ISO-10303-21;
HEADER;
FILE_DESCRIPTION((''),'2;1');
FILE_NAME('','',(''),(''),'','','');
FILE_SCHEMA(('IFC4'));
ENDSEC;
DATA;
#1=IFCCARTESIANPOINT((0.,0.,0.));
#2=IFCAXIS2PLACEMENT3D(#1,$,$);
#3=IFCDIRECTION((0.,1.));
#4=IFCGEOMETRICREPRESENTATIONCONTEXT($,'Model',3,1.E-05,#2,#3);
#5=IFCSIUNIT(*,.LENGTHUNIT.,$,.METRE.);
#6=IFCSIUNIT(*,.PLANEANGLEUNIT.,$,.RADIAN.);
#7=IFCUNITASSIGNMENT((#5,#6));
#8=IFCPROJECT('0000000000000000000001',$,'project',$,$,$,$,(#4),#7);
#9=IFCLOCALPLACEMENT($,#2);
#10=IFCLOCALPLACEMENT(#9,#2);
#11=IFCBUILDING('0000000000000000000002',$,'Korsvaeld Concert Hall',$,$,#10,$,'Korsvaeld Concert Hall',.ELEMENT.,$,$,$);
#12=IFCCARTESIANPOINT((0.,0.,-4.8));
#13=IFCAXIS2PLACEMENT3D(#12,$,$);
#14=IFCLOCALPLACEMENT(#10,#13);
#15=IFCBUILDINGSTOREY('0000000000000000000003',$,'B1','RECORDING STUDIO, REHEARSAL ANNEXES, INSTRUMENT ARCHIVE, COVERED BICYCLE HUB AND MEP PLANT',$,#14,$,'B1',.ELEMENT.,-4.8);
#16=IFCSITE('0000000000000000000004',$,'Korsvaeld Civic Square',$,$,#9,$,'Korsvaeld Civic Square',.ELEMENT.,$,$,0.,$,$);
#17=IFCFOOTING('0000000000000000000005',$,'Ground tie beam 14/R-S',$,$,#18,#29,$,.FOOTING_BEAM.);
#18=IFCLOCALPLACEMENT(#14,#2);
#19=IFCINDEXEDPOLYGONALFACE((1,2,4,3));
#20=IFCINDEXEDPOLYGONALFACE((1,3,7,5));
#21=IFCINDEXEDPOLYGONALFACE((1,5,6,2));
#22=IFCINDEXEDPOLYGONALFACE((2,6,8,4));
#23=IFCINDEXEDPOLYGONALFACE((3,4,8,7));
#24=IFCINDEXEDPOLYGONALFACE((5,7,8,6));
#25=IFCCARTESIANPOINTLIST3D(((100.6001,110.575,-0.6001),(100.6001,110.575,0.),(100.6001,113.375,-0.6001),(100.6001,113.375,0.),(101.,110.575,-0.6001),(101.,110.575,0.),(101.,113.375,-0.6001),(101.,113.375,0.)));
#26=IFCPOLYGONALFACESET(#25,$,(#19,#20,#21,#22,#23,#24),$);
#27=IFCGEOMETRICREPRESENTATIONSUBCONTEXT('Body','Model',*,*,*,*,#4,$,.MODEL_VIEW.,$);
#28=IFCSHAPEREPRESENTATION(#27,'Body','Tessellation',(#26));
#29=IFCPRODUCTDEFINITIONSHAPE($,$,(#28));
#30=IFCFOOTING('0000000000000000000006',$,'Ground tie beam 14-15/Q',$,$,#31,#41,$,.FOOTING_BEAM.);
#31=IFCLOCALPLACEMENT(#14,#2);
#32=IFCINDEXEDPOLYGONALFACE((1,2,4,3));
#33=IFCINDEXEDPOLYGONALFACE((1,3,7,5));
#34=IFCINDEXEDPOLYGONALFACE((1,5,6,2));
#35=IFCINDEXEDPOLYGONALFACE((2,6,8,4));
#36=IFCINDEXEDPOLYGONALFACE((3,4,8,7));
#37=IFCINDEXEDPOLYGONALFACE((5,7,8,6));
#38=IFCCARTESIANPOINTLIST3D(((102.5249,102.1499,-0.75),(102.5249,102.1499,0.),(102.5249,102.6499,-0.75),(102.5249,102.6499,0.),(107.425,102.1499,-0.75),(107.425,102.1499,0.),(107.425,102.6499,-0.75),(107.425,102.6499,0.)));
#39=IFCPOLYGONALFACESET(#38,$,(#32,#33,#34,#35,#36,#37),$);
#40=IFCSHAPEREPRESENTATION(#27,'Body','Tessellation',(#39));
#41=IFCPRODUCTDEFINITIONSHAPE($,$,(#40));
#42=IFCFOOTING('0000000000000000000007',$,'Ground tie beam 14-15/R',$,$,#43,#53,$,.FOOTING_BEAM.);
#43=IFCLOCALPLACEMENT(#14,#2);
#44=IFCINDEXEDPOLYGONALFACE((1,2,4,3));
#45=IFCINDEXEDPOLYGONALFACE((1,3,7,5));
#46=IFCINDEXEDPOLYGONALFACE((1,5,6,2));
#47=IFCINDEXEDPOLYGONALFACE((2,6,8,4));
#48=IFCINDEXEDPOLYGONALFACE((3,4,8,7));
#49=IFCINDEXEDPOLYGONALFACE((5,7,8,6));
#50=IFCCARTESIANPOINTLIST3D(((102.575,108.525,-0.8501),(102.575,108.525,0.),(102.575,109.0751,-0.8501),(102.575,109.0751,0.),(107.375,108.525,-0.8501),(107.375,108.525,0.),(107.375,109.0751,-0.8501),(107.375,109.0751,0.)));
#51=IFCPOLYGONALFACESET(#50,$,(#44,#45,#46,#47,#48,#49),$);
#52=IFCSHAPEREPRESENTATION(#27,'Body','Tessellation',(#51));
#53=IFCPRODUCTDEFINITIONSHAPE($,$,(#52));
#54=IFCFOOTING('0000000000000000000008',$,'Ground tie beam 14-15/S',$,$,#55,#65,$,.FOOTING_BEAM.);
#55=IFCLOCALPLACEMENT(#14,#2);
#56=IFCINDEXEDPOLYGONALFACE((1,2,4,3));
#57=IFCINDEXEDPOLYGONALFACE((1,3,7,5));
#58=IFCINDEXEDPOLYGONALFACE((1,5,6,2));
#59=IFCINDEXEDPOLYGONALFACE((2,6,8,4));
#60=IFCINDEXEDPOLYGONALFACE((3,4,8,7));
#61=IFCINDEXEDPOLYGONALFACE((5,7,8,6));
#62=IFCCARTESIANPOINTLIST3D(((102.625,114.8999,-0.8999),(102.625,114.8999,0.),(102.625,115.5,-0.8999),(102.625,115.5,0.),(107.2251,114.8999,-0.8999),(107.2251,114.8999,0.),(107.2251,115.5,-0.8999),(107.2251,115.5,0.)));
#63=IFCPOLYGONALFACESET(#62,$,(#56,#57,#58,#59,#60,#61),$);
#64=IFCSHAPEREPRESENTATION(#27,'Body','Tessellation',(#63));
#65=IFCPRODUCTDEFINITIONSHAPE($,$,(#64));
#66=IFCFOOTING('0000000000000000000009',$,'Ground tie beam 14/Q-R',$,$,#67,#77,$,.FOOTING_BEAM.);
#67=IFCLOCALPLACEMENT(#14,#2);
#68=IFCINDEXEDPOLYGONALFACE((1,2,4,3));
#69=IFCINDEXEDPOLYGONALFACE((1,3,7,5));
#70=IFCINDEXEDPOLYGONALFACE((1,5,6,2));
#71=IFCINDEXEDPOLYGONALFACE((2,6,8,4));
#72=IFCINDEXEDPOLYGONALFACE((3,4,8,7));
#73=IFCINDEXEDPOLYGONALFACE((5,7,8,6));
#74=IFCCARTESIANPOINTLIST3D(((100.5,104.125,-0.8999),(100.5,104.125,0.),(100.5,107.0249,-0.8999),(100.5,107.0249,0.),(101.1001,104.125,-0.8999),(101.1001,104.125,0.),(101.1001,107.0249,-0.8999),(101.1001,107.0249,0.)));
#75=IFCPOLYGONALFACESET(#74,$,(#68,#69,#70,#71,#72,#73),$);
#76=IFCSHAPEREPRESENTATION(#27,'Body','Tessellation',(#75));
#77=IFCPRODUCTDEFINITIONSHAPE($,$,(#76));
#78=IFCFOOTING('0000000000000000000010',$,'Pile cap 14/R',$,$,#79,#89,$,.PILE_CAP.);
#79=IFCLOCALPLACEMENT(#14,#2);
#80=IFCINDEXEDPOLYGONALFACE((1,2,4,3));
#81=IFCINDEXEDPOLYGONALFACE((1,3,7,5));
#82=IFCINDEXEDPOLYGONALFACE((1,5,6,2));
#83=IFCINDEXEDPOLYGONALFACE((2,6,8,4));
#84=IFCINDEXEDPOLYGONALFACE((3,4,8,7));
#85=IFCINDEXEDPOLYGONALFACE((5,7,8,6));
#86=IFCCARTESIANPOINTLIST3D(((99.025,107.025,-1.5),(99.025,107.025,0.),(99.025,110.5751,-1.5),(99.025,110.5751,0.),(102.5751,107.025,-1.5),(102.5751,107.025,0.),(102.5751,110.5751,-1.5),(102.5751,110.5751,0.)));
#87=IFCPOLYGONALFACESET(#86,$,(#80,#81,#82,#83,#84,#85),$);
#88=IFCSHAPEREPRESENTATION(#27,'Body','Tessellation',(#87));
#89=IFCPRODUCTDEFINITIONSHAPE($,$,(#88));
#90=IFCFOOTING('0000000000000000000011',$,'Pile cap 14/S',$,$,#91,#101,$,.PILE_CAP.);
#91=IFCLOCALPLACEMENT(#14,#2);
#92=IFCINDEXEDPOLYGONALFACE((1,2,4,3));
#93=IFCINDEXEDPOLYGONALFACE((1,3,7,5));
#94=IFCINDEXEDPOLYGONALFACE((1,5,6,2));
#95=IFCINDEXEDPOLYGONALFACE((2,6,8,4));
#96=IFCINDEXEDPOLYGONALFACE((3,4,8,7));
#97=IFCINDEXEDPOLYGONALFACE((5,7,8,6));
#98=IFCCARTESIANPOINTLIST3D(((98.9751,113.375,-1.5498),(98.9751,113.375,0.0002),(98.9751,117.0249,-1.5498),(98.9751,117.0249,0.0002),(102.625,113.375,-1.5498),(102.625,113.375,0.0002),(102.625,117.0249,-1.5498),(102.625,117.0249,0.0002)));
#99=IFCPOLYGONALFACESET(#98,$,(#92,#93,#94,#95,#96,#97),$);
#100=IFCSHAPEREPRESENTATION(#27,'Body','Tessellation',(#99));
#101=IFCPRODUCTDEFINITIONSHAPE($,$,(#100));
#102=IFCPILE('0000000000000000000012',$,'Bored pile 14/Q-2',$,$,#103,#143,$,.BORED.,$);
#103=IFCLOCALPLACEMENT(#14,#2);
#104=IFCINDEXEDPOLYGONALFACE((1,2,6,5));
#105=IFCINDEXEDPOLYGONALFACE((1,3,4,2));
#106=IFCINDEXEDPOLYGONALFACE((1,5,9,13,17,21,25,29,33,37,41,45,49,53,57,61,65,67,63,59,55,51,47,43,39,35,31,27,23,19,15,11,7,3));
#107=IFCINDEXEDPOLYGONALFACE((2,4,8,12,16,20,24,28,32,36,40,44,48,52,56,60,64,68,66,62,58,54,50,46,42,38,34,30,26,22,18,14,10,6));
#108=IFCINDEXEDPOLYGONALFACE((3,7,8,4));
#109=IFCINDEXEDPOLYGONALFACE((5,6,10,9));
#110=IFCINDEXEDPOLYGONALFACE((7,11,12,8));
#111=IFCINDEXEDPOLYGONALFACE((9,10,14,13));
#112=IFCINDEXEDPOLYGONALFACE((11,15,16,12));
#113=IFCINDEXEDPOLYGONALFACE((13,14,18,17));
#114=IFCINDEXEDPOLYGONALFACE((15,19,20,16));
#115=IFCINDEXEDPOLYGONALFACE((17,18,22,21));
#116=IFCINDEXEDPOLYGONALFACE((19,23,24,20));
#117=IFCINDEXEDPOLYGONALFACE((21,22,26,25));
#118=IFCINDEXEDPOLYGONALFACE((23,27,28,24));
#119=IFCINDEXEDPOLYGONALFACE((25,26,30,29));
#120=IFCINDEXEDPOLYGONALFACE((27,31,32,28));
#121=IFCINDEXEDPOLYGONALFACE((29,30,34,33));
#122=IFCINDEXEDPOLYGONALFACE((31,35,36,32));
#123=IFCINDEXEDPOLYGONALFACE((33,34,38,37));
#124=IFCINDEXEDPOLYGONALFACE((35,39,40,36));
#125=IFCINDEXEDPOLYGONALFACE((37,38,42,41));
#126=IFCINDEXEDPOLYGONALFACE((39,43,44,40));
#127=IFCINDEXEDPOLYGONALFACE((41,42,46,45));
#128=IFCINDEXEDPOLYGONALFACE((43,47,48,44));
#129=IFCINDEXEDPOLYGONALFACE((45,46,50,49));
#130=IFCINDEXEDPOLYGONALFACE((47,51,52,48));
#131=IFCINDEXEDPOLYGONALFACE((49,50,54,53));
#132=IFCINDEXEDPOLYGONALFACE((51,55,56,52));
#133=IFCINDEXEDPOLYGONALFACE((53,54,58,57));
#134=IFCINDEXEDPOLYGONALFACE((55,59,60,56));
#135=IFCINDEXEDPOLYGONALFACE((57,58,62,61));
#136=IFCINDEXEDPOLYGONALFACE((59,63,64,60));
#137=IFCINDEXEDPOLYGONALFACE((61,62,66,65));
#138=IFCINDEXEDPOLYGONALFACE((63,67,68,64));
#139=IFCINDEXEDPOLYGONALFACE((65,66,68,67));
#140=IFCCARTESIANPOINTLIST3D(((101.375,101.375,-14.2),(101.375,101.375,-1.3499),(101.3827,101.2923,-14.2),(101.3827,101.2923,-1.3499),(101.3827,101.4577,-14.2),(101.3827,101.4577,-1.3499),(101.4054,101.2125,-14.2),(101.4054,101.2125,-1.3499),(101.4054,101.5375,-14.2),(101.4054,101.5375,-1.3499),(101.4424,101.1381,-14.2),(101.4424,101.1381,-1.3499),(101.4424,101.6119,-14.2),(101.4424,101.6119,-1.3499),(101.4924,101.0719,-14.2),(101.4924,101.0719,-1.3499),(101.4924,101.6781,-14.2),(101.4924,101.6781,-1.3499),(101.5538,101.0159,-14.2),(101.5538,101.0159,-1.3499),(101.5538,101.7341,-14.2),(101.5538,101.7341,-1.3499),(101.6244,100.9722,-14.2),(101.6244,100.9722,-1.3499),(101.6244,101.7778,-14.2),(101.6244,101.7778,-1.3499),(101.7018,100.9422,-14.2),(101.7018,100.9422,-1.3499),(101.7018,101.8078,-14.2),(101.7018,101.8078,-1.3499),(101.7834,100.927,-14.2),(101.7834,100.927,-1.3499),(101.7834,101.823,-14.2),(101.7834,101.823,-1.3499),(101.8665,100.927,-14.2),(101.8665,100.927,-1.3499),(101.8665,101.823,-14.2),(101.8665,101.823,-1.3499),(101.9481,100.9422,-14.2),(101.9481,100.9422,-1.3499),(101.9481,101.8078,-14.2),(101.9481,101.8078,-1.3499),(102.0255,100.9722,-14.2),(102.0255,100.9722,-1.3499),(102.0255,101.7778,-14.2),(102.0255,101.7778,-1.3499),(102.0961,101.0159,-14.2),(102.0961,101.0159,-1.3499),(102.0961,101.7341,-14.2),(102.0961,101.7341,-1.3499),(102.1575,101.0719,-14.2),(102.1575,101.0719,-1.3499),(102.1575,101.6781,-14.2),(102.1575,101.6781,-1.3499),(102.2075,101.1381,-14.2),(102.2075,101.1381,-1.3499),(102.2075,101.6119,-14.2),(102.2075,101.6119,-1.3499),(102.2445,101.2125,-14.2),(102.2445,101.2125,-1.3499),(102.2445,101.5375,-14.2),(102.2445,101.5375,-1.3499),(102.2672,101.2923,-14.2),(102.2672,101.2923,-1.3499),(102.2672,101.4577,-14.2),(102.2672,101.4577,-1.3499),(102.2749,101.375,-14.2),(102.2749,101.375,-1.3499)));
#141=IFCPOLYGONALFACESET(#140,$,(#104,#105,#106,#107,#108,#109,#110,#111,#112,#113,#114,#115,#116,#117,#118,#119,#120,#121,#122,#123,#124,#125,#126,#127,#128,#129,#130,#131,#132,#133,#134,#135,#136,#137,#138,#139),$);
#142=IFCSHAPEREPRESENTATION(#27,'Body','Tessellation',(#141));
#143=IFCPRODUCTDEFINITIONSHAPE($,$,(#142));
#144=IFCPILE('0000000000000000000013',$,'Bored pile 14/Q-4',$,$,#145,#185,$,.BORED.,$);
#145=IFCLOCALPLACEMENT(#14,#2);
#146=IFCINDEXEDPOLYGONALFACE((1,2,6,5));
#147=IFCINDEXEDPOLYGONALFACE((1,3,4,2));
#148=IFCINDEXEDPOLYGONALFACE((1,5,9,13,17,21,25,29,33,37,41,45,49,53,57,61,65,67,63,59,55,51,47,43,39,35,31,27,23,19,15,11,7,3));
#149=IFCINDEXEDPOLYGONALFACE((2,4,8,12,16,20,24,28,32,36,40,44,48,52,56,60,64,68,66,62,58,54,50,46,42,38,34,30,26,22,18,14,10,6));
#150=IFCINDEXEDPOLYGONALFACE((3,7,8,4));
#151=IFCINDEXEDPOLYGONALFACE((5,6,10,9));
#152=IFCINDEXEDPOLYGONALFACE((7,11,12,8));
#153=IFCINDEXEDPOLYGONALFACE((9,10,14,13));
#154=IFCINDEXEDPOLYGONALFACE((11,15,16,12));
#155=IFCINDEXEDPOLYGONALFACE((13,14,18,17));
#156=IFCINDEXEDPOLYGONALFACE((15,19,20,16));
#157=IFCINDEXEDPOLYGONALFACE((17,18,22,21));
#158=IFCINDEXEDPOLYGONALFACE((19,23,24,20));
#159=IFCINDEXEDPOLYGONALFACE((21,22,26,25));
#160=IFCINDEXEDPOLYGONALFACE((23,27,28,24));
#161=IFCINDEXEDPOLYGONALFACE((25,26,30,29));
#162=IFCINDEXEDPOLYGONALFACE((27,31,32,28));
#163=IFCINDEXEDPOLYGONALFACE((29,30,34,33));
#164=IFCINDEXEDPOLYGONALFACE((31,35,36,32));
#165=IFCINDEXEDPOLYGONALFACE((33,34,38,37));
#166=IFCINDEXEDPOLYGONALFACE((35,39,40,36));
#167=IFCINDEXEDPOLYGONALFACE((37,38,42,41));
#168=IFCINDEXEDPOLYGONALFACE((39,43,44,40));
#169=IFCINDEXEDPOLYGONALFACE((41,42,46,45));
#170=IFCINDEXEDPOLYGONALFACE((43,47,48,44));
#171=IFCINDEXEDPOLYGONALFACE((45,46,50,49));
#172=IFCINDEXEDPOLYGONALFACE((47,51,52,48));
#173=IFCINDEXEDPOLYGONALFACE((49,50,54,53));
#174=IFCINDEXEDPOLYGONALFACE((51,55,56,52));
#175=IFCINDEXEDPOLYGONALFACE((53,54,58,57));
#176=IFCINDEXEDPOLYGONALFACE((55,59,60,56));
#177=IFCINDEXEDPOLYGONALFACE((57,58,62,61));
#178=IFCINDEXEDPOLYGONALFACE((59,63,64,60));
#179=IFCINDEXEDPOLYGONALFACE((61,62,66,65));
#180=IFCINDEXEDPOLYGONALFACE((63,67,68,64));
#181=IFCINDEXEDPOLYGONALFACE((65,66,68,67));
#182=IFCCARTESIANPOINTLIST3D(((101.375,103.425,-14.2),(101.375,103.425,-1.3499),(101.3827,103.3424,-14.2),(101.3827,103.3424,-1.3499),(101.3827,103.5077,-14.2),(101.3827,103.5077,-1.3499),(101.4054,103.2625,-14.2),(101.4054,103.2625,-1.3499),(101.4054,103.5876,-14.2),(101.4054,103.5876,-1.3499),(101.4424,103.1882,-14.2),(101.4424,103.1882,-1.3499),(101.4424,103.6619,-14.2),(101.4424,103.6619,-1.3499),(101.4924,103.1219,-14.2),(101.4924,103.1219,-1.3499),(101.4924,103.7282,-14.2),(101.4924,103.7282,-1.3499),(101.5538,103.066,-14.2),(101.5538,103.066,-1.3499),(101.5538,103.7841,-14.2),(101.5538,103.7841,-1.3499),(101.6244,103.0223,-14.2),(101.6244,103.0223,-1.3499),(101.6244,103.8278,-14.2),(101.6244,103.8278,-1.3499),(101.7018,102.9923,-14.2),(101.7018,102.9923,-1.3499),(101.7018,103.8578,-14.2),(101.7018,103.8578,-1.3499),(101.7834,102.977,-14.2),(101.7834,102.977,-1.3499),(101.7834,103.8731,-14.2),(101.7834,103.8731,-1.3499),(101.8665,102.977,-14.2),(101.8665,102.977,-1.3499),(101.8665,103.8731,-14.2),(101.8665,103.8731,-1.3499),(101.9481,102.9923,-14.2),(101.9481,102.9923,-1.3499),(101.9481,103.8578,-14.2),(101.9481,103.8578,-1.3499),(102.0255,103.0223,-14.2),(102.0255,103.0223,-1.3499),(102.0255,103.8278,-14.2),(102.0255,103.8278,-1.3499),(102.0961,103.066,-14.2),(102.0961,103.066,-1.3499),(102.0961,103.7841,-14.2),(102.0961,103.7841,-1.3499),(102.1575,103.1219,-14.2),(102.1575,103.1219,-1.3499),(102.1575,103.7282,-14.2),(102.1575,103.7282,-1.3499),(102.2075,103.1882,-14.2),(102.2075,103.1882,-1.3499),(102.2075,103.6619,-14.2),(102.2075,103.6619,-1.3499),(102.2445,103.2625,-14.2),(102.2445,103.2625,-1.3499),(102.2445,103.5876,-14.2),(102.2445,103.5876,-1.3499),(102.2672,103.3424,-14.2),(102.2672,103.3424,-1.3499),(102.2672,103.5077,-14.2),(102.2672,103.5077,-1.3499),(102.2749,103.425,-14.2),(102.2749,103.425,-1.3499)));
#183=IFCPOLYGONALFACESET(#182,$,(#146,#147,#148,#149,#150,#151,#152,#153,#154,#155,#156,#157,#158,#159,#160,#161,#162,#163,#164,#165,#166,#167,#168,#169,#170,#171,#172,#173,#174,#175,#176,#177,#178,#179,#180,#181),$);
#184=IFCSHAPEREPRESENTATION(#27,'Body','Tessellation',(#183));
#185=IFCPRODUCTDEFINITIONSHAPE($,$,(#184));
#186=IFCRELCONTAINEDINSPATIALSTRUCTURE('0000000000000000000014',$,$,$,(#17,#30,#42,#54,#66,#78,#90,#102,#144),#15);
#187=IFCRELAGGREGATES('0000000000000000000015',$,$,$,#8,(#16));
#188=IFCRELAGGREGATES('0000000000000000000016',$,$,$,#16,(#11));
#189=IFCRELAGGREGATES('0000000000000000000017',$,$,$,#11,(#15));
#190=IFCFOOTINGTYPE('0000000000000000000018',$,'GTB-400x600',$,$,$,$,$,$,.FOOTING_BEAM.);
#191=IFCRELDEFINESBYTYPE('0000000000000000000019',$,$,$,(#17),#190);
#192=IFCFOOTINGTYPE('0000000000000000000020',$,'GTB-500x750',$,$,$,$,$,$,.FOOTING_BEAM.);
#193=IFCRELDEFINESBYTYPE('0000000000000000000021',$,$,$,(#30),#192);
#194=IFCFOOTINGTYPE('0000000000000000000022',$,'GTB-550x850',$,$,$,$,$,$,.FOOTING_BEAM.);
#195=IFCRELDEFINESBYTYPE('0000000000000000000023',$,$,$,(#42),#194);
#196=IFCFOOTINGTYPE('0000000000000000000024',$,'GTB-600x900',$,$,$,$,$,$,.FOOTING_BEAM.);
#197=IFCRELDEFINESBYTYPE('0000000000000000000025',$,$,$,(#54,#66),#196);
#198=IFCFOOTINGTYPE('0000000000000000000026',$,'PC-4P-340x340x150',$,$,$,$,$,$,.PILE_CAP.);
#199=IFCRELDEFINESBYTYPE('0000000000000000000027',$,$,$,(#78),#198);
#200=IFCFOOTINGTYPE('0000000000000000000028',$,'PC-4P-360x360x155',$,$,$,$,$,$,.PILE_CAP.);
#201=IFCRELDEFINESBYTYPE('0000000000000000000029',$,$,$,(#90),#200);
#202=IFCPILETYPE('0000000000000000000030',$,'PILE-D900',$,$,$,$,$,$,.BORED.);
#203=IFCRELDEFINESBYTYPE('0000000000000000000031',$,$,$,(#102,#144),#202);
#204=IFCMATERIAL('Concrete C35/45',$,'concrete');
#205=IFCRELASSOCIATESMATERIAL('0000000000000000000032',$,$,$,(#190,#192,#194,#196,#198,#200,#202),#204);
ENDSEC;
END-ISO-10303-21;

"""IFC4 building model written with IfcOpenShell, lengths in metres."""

from ifc_helpers import new_model, si_unit, direction, frame, origin, origin_2d, place, context, subcontext, project, spatial, rectangle, circle, extrude, material, material_profile, profile_set, type_object, element, save


model = new_model("IFC4")

# Units and contexts
model_context = context("Model", 3, precision=1e-05, world=origin(), true_north=direction((0.0, 1.0)))
body_context = subcontext(model_context, "Body", "Model", "MODEL_VIEW")
ifc_project = project(units=[si_unit("LENGTHUNIT", "METRE"), si_unit("PLANEANGLEUNIT", "RADIAN")], contexts=[model_context])

# Site, building, storey
site_placement = place(None, origin())
site = spatial("IfcSite", under=ifc_project, at=site_placement, Name="Korsvaeld Civic Square", LongName="Korsvaeld Civic Square", CompositionType="ELEMENT", RefElevation=0.0)
building_placement = place(site_placement, origin())
building = spatial("IfcBuilding", under=site, at=building_placement, Name="Korsvaeld Concert Hall", LongName="Korsvaeld Concert Hall", CompositionType="ELEMENT")
storey_placement = place(building_placement, frame((0.0, 0.0, -4.8)))
storey = spatial("IfcBuildingStorey", under=building, at=storey_placement, Name="B1", Description="RECORDING STUDIO, REHEARSAL ANNEXES, INSTRUMENT ARCHIVE, COVERED BICYCLE HUB AND MEP PLANT", LongName="B1", CompositionType="ELEMENT", Elevation=-4.8)

# Footings
ifc_material_1 = material(Name="Concrete C35/45", Category="concrete")
ifc_material_profile_1 = material_profile(ifc_material_1, rectangle(XDim=0.3999, YDim=0.6001, at=origin_2d()), Name="GTB 400x600")
ifc_profile_set_1 = profile_set([ifc_material_profile_1], Name="Concrete C35/45")
footing_type_1 = type_object("IfcFootingType", Name="GTB-400x600", PredefinedType="FOOTING_BEAM", material=ifc_profile_set_1)
footing_1_placement = place(storey_placement, frame((100.8, 110.575, -0.3), z_axis=(0.0, 1.0, 0.0), x_axis=(-1.0, 0.0, 0.0)))
element("IfcFooting", 1, at=footing_1_placement, inside=storey, type_object=footing_type_1, Name="Ground tie beam 14/R-S", PredefinedType="FOOTING_BEAM", context=body_context, shape_type="SweptSolid", body=[
    extrude(rectangle(XDim=0.3999, YDim=0.6001, at=origin_2d()), origin(), (0.0, 0.0, 1.0), 2.8),
])
ifc_material_profile_2 = material_profile(ifc_material_1, rectangle(XDim=0.5, YDim=0.75, at=origin_2d()), Name="GTB 500x750")
ifc_profile_set_2 = profile_set([ifc_material_profile_2], Name="Concrete C35/45")
footing_type_2 = type_object("IfcFootingType", Name="GTB-500x750", PredefinedType="FOOTING_BEAM", material=ifc_profile_set_2)
footing_2_placement = place(storey_placement, frame((102.5249, 102.3999, -0.375), z_axis=(1.0, 0.0, 0.0), x_axis=(0.0, 1.0, 0.0)))
element("IfcFooting", 2, at=footing_2_placement, inside=storey, type_object=footing_type_2, Name="Ground tie beam 14-15/Q", PredefinedType="FOOTING_BEAM", context=body_context, shape_type="SweptSolid", body=[
    extrude(rectangle(XDim=0.5, YDim=0.75, at=origin_2d()), origin(), (0.0, 0.0, 1.0), 4.9001),
])
ifc_material_profile_3 = material_profile(ifc_material_1, rectangle(XDim=0.55, YDim=0.8501, at=origin_2d()), Name="GTB 550x850")
ifc_profile_set_3 = profile_set([ifc_material_profile_3], Name="Concrete C35/45")
footing_type_3 = type_object("IfcFootingType", Name="GTB-550x850", PredefinedType="FOOTING_BEAM", material=ifc_profile_set_3)
footing_3_placement = place(storey_placement, frame((102.575, 108.8, -0.425), z_axis=(1.0, 0.0, 0.0), x_axis=(0.0, 1.0, 0.0)))
element("IfcFooting", 3, at=footing_3_placement, inside=storey, type_object=footing_type_3, Name="Ground tie beam 14-15/R", PredefinedType="FOOTING_BEAM", context=body_context, shape_type="SweptSolid", body=[
    extrude(rectangle(XDim=0.55, YDim=0.8501, at=origin_2d()), origin(), (0.0, 0.0, 1.0), 4.8),
])
ifc_material_profile_4 = material_profile(ifc_material_1, rectangle(XDim=0.6001, YDim=0.8999, at=origin_2d()), Name="GTB 600x900")
ifc_profile_set_4 = profile_set([ifc_material_profile_4], Name="Concrete C35/45")
footing_type_4 = type_object("IfcFootingType", Name="GTB-600x900", PredefinedType="FOOTING_BEAM", material=ifc_profile_set_4)
footing_4_placement = place(storey_placement, frame((102.625, 115.2, -0.45), z_axis=(1.0, 0.0, 0.0), x_axis=(0.0, 1.0, 0.0)))
element("IfcFooting", 4, at=footing_4_placement, inside=storey, type_object=footing_type_4, Name="Ground tie beam 14-15/S", PredefinedType="FOOTING_BEAM", context=body_context, shape_type="SweptSolid", body=[
    extrude(rectangle(XDim=0.6001, YDim=0.8999, at=origin_2d()), origin(), (0.0, 0.0, 1.0), 4.6001),
])
footing_5_placement = place(storey_placement, frame((100.8, 104.125, -0.45), z_axis=(0.0, 1.0, 0.0), x_axis=(-1.0, 0.0, 0.0)))
element("IfcFooting", 5, at=footing_5_placement, inside=storey, type_object=footing_type_4, Name="Ground tie beam 14/Q-R", PredefinedType="FOOTING_BEAM", context=body_context, shape_type="SweptSolid", body=[
    extrude(rectangle(XDim=0.6001, YDim=0.8999, at=origin_2d()), origin(), (0.0, 0.0, 1.0), 2.8999),
])
footing_type_5 = type_object("IfcFootingType", Name="PC-4P-340x340x150", PredefinedType="PILE_CAP", material=ifc_material_1)
footing_6_placement = place(storey_placement, frame((100.8, 108.8, -1.5), z_axis=(0.0, 0.0, 1.0), x_axis=(1.0, 0.0, 0.0)))
element("IfcFooting", 6, at=footing_6_placement, inside=storey, type_object=footing_type_5, Name="Pile cap 14/R", PredefinedType="PILE_CAP", context=body_context, shape_type="SweptSolid", body=[
    extrude(rectangle(XDim=3.55, YDim=3.55, at=origin_2d()), origin(), (0.0, 0.0, 1.0), 1.5),
])
footing_type_6 = type_object("IfcFootingType", Name="PC-4P-360x360x155", PredefinedType="PILE_CAP", material=ifc_material_1)
footing_7_placement = place(storey_placement, frame((100.8, 115.2, -1.5498), z_axis=(0.0, 0.0, 1.0), x_axis=(1.0, 0.0, 0.0)))
element("IfcFooting", 7, at=footing_7_placement, inside=storey, type_object=footing_type_6, Name="Pile cap 14/S", PredefinedType="PILE_CAP", context=body_context, shape_type="SweptSolid", body=[
    extrude(rectangle(XDim=3.6499, YDim=3.6499, at=origin_2d()), origin(), (0.0, 0.0, 1.0), 1.55),
])

# Piles
ifc_material_profile_5 = material_profile(ifc_material_1, circle(Radius=0.45, at=origin_2d()), Name="BORED PILE D900")
ifc_profile_set_5 = profile_set([ifc_material_profile_5], Name="Concrete C35/45")
pile_type = type_object("IfcPileType", Name="PILE-D900", PredefinedType="BORED", material=ifc_profile_set_5)
for number, where, z_axis, x_axis, name in (
    (8, (101.825, 101.375, -1.3499), (0.0, 0.0, -1.0), (1.0, 0.0, 0.0), "Bored pile 14/Q-2"),
    (9, (101.825, 103.425, -1.3499), (0.0, 0.0, -1.0), (1.0, 0.0, 0.0), "Bored pile 14/Q-4"),
):
    element("IfcPile", number, at=place(storey_placement, frame(where, z_axis=z_axis, x_axis=x_axis)), inside=storey, type_object=pile_type, Name=name, PredefinedType="BORED", context=body_context, shape_type="SweptSolid", body=[
        extrude(circle(Radius=0.45, at=origin_2d()), origin(), (0.0, 0.0, 1.0), 12.8501),
    ])

save(model, "model.ifc")
